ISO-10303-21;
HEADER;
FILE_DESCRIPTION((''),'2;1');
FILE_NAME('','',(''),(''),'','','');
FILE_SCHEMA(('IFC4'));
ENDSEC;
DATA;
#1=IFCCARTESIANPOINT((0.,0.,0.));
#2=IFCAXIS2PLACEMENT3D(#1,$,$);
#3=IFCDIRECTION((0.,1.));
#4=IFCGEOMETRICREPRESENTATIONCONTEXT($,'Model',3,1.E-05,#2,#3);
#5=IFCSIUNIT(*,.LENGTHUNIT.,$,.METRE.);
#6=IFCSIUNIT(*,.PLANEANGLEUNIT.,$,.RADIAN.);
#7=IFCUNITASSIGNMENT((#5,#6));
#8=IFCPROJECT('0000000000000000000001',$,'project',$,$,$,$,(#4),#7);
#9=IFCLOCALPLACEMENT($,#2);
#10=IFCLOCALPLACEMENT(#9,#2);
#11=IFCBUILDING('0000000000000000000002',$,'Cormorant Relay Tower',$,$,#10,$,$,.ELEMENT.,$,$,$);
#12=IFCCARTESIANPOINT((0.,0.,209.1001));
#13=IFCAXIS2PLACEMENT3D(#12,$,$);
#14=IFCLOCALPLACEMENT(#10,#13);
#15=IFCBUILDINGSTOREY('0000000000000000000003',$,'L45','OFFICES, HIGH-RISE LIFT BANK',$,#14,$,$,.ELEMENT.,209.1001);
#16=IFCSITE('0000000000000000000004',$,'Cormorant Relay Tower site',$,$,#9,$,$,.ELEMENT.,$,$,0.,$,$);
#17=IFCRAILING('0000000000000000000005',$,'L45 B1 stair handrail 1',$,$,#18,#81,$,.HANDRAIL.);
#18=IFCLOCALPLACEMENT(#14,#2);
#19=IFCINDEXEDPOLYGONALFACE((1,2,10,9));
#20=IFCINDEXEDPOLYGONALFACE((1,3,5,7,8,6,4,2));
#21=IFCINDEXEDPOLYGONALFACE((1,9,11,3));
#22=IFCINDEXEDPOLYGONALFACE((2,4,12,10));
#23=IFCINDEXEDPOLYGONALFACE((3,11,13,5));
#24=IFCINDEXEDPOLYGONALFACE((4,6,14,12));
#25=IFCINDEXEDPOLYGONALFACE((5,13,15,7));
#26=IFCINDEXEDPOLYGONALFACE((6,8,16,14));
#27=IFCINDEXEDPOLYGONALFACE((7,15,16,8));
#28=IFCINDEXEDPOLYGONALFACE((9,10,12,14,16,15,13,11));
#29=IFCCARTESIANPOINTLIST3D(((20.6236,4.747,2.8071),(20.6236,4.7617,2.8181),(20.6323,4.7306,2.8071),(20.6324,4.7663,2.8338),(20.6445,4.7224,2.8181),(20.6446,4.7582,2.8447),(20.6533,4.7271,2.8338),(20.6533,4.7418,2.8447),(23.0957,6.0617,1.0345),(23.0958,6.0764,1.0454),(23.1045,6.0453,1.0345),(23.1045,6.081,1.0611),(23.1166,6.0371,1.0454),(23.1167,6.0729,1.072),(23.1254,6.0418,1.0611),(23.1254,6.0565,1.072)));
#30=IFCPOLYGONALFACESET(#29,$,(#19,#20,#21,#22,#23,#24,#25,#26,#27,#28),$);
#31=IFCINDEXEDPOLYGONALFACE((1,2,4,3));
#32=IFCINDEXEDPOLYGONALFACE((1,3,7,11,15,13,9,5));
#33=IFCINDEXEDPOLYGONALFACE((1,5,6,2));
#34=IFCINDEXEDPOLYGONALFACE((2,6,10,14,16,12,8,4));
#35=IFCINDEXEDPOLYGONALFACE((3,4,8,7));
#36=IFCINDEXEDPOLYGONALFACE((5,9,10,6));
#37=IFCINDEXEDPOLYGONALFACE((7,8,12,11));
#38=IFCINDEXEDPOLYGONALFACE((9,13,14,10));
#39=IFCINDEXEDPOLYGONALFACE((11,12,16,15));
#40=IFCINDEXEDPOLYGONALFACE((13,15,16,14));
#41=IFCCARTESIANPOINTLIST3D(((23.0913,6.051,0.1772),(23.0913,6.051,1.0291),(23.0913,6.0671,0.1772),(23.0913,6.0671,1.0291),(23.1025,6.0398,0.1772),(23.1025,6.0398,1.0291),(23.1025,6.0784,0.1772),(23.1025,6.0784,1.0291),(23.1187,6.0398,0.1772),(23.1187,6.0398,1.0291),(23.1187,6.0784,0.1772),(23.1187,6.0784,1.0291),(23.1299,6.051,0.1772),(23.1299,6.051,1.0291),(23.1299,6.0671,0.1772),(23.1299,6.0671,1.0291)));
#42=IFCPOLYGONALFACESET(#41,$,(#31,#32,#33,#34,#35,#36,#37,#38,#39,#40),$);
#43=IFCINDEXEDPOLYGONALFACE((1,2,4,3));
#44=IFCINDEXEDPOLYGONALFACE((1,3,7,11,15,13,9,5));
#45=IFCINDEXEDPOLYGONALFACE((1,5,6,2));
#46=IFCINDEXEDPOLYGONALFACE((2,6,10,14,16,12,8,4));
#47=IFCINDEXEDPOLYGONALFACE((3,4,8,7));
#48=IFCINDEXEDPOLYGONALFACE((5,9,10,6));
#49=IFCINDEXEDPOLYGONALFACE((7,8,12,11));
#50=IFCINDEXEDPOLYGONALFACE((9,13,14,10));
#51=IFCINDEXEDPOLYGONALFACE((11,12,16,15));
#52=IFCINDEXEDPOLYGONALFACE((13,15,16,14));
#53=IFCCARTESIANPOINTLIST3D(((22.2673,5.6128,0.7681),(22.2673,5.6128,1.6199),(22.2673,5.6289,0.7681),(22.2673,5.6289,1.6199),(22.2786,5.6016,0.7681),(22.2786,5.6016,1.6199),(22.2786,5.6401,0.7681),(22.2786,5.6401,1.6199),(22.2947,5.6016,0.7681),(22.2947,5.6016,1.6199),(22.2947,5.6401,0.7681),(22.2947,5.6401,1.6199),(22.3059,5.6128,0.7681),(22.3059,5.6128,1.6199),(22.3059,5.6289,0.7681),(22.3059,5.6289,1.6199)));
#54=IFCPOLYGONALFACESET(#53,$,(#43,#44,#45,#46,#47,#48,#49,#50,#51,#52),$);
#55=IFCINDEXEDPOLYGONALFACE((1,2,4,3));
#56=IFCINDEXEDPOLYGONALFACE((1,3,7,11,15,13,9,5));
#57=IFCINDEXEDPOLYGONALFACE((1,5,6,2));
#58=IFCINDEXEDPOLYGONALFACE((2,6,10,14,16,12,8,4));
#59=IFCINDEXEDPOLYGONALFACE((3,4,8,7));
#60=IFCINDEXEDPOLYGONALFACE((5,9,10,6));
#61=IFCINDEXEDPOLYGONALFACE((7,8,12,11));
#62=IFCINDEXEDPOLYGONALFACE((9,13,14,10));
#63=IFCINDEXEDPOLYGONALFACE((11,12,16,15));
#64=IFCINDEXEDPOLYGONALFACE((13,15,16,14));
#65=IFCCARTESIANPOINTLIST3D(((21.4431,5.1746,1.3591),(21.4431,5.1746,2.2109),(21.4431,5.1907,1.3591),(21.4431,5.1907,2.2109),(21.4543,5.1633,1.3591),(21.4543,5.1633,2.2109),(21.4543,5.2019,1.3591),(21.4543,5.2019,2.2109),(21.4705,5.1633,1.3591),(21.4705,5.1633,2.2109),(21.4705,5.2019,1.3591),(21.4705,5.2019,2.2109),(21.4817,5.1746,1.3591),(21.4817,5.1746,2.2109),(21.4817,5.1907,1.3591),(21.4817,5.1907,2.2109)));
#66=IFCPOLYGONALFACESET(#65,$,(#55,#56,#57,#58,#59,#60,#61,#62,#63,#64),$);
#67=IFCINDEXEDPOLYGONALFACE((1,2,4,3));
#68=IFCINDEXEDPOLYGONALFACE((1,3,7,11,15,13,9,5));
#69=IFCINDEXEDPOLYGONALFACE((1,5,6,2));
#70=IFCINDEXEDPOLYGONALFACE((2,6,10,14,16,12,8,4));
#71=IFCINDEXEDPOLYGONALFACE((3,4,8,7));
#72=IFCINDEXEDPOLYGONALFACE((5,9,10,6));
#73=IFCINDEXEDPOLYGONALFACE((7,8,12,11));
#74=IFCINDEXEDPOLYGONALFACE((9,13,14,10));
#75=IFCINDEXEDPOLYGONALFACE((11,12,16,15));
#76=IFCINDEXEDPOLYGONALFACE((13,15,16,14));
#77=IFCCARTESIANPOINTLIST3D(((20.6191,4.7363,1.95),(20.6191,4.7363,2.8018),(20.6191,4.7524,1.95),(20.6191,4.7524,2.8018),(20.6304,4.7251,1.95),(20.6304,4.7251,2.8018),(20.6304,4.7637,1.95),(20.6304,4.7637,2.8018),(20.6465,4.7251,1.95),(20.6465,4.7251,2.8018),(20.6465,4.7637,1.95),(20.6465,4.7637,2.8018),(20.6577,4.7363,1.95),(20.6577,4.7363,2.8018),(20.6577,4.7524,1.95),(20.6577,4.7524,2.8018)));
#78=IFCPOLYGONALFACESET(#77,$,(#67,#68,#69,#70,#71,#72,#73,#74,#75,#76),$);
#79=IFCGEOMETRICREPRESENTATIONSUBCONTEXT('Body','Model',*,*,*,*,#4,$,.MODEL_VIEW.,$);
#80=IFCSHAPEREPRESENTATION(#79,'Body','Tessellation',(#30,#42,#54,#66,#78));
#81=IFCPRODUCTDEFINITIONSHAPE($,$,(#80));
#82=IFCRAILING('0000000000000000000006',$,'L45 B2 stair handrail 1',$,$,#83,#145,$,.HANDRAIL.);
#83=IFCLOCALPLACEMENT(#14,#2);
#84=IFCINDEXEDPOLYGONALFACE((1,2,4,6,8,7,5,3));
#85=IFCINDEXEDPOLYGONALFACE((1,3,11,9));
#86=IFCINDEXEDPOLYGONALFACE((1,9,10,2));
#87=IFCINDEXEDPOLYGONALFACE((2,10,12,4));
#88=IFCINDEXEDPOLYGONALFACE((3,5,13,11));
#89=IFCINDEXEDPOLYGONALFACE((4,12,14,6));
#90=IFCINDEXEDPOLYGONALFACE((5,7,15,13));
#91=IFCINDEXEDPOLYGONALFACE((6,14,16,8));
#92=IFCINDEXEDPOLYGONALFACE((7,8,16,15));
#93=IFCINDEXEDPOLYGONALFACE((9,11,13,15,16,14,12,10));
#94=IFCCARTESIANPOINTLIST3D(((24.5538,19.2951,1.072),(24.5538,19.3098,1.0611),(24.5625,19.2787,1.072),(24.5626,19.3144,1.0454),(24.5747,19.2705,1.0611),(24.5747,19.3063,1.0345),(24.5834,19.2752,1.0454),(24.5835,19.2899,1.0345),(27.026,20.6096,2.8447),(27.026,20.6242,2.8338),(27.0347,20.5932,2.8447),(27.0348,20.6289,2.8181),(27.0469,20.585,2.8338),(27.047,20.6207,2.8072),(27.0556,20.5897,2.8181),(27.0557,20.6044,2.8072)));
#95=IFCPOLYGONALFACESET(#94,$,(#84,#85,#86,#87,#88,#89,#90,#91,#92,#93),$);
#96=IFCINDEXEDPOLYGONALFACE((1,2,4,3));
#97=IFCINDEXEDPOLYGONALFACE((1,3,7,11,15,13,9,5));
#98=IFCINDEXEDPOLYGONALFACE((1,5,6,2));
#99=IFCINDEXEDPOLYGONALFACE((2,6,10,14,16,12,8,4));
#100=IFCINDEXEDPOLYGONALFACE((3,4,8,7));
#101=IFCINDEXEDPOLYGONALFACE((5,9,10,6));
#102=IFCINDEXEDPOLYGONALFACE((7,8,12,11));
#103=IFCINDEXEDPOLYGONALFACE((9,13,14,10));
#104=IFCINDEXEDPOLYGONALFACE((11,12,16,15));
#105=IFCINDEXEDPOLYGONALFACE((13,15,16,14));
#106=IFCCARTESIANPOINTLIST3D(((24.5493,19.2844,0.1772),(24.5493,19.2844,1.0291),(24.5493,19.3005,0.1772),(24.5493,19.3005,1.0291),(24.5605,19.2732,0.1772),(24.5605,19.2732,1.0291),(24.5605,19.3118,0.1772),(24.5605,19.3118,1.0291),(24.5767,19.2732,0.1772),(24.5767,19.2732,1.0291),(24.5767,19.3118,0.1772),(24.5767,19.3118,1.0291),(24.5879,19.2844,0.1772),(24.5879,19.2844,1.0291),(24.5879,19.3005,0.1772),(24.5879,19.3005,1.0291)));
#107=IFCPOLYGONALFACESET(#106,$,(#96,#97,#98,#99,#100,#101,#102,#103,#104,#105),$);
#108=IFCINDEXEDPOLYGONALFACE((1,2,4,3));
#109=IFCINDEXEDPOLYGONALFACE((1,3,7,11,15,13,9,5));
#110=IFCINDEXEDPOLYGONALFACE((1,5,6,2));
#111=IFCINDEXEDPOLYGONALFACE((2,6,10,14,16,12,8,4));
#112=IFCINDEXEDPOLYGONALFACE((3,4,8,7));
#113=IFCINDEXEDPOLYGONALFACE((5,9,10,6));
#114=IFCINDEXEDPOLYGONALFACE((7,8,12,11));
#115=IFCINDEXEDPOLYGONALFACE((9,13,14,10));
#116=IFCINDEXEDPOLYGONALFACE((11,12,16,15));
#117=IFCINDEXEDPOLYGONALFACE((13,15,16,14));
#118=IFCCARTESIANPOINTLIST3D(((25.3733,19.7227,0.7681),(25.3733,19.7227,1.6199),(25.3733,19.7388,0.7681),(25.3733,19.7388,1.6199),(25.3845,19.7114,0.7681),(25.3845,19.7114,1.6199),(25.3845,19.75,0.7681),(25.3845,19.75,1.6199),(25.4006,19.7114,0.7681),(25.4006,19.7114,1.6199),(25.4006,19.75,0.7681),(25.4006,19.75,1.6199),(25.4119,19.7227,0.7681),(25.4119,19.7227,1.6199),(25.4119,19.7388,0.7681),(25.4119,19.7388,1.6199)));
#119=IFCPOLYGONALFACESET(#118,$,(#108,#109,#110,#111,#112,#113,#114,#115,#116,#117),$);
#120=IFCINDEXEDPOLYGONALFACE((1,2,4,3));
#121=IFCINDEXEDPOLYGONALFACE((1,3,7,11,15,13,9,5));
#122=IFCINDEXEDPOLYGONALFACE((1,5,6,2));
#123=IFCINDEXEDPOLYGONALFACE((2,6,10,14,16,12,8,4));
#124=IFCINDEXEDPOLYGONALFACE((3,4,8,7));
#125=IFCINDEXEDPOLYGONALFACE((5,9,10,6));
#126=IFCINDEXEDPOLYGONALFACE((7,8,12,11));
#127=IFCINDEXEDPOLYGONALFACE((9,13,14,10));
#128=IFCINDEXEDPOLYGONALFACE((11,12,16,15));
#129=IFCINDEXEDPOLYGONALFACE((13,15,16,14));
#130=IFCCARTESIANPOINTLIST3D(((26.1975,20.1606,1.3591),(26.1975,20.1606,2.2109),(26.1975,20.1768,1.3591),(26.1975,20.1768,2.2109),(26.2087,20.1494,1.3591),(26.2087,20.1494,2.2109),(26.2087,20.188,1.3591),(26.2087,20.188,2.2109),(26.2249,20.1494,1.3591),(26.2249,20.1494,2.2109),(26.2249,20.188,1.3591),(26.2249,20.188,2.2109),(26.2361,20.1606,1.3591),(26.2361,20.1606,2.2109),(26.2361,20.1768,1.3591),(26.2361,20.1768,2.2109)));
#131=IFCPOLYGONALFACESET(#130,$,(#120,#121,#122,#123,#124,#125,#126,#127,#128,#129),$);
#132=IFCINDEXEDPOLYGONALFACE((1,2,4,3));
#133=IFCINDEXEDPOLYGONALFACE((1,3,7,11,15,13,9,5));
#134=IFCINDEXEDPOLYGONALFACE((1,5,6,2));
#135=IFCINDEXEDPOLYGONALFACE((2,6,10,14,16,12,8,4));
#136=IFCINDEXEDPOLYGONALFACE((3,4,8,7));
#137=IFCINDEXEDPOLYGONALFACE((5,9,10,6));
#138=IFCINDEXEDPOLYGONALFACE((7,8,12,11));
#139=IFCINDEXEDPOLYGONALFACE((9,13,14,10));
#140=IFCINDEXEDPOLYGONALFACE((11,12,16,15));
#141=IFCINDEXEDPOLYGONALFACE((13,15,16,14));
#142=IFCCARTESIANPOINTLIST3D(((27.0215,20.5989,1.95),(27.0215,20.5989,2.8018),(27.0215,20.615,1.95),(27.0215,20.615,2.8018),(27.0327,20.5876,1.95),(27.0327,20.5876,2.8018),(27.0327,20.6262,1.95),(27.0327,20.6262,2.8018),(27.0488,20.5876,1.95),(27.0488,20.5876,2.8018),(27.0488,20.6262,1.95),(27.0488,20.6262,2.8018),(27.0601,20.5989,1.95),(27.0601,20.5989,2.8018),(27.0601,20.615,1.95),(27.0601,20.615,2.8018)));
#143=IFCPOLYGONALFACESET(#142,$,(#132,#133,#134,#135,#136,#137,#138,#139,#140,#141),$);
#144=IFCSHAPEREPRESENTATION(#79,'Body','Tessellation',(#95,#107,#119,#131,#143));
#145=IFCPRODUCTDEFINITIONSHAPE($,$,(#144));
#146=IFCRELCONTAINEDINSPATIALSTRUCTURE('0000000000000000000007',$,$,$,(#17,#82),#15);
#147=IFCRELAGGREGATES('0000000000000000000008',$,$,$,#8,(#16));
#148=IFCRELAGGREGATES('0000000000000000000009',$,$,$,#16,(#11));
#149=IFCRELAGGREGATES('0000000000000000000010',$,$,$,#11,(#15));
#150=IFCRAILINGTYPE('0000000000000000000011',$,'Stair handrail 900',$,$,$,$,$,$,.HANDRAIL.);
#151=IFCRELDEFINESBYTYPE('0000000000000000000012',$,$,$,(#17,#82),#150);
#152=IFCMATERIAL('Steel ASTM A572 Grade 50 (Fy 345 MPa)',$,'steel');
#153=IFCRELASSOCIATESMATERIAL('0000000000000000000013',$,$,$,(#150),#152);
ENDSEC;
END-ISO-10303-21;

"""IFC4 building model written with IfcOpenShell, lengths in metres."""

from ifc_helpers import new_model, si_unit, direction, frame, origin, place, context, subcontext, project, spatial, polyline, outline, extrude, material, type_object, element, save


model = new_model("IFC4")

# Units and contexts
model_context = context("Model", 3, precision=1e-05, world=origin(), true_north=direction((0.0, 1.0)))
body_context = subcontext(model_context, "Body", "Model", "MODEL_VIEW")
ifc_project = project(units=[si_unit("LENGTHUNIT", "METRE"), si_unit("PLANEANGLEUNIT", "RADIAN")], contexts=[model_context])

# Site, building, storey
site_placement = place(None, origin())
site = spatial("IfcSite", under=ifc_project, at=site_placement, Name="Cormorant Relay Tower site", CompositionType="ELEMENT", RefElevation=0.0)
building_placement = place(site_placement, origin())
building = spatial("IfcBuilding", under=site, at=building_placement, Name="Cormorant Relay Tower", CompositionType="ELEMENT")
storey_placement = place(building_placement, frame((0.0, 0.0, 209.1001)))
storey = spatial("IfcBuildingStorey", under=building, at=storey_placement, Name="L45", Description="OFFICES, HIGH-RISE LIFT BANK", CompositionType="ELEMENT", Elevation=209.1001)

# Railings
ifc_material_1 = material(Name="Steel ASTM A572 Grade 50 (Fy 345 MPa)", Category="steel")
railing_type_1 = type_object("IfcRailingType", Name="Stair handrail 900", PredefinedType="HANDRAIL", material=ifc_material_1)
railing_1_placement = place(storey_placement, frame((23.1106, 6.0591, 0.1772)))
element("IfcRailing", 1, at=railing_1_placement, inside=storey, type_object=railing_type_1, Name="L45 B1 stair handrail 1", PredefinedType="HANDRAIL", context=body_context, shape_type="SweptSolid", body=[
    extrude(outline(polyline([(0.0222, 0.0093), (0.0093, 0.0222), (-0.0093, 0.0222), (-0.0222, 0.0093), (-0.0222, -0.0093), (-0.0093, -0.0222), (0.0093, -0.0222), (0.0222, -0.0093), (0.0222, 0.0093)])), frame((0.0, 0.0, 0.876), z_axis=(-0.745979, -0.396711, 0.534916), x_axis=(0.469533, -0.882915, 0.0)), (0.0, 0.0, 1.0), 3.314),
    extrude(outline(polyline([(0.0193, 0.0081), (0.0081, 0.0193), (-0.0081, 0.0193), (-0.0193, 0.0081), (-0.0193, -0.0081), (-0.0081, -0.0193), (0.0081, -0.0193), (0.0193, -0.0081), (0.0193, 0.0081)])), origin(), (0.0, 0.0, 1.0), 0.8518),
    extrude(outline(polyline([(0.0193, 0.0081), (0.0081, 0.0193), (-0.0081, 0.0193), (-0.0193, 0.0081), (-0.0193, -0.0081), (-0.0081, -0.0193), (0.0081, -0.0193), (0.0193, -0.0081), (0.0193, 0.0081)])), frame((-0.824, -0.4382, 0.5908)), (0.0, 0.0, 1.0), 0.8518),
    extrude(outline(polyline([(0.0193, 0.0081), (0.0081, 0.0193), (-0.0081, 0.0193), (-0.0193, 0.0081), (-0.0193, -0.0081), (-0.0081, -0.0193), (0.0081, -0.0193), (0.0193, -0.0081), (0.0193, 0.0081)])), frame((-1.6482, -0.8765, 1.1819)), (0.0, 0.0, 1.0), 0.8518),
    extrude(outline(polyline([(0.0193, 0.0081), (0.0081, 0.0193), (-0.0081, 0.0193), (-0.0193, 0.0081), (-0.0193, -0.0081), (-0.0081, -0.0193), (0.0081, -0.0193), (0.0193, -0.0081), (0.0193, 0.0081)])), frame((-2.4722, -1.3147, 1.7727)), (0.0, 0.0, 1.0), 0.8518),
])
railing_2_placement = place(storey_placement, frame((24.5686, 19.2925, 0.1772)))
element("IfcRailing", 2, at=railing_2_placement, inside=storey, type_object=railing_type_1, Name="L45 B2 stair handrail 1", PredefinedType="HANDRAIL", context=body_context, shape_type="SweptSolid", body=[
    extrude(outline(polyline([(0.0222, 0.0093), (0.0093, 0.0222), (-0.0093, 0.0222), (-0.0222, 0.0093), (-0.0222, -0.0093), (-0.0093, -0.0222), (0.0093, -0.0222), (0.0222, -0.0093), (0.0222, 0.0093)])), frame((0.0, 0.0, 0.876), z_axis=(0.746001, 0.396649, 0.534931), x_axis=(-0.469465, 0.882951, 0.0)), (0.0, 0.0, 1.0), 3.314),
    extrude(outline(polyline([(0.0193, 0.0081), (0.0081, 0.0193), (-0.0081, 0.0193), (-0.0193, 0.0081), (-0.0193, -0.0081), (-0.0081, -0.0193), (0.0081, -0.0193), (0.0193, -0.0081), (0.0193, 0.0081)])), origin(), (0.0, 0.0, 1.0), 0.8518),
    extrude(outline(polyline([(0.0193, 0.0081), (0.0081, 0.0193), (-0.0081, 0.0193), (-0.0193, 0.0081), (-0.0193, -0.0081), (-0.0081, -0.0193), (0.0081, -0.0193), (0.0193, -0.0081), (0.0193, 0.0081)])), frame((0.824, 0.4382, 0.5908)), (0.0, 0.0, 1.0), 0.8518),
    extrude(outline(polyline([(0.0193, 0.0081), (0.0081, 0.0193), (-0.0081, 0.0193), (-0.0193, 0.0081), (-0.0193, -0.0081), (-0.0081, -0.0193), (0.0081, -0.0193), (0.0193, -0.0081), (0.0193, 0.0081)])), frame((1.6482, 0.8762, 1.1819)), (0.0, 0.0, 1.0), 0.8518),
    extrude(outline(polyline([(0.0193, 0.0081), (0.0081, 0.0193), (-0.0081, 0.0193), (-0.0193, 0.0081), (-0.0193, -0.0081), (-0.0081, -0.0193), (0.0081, -0.0193), (0.0193, -0.0081), (0.0193, 0.0081)])), frame((2.4722, 1.3145, 1.7727)), (0.0, 0.0, 1.0), 0.8518),
])

save(model, "model.ifc")
